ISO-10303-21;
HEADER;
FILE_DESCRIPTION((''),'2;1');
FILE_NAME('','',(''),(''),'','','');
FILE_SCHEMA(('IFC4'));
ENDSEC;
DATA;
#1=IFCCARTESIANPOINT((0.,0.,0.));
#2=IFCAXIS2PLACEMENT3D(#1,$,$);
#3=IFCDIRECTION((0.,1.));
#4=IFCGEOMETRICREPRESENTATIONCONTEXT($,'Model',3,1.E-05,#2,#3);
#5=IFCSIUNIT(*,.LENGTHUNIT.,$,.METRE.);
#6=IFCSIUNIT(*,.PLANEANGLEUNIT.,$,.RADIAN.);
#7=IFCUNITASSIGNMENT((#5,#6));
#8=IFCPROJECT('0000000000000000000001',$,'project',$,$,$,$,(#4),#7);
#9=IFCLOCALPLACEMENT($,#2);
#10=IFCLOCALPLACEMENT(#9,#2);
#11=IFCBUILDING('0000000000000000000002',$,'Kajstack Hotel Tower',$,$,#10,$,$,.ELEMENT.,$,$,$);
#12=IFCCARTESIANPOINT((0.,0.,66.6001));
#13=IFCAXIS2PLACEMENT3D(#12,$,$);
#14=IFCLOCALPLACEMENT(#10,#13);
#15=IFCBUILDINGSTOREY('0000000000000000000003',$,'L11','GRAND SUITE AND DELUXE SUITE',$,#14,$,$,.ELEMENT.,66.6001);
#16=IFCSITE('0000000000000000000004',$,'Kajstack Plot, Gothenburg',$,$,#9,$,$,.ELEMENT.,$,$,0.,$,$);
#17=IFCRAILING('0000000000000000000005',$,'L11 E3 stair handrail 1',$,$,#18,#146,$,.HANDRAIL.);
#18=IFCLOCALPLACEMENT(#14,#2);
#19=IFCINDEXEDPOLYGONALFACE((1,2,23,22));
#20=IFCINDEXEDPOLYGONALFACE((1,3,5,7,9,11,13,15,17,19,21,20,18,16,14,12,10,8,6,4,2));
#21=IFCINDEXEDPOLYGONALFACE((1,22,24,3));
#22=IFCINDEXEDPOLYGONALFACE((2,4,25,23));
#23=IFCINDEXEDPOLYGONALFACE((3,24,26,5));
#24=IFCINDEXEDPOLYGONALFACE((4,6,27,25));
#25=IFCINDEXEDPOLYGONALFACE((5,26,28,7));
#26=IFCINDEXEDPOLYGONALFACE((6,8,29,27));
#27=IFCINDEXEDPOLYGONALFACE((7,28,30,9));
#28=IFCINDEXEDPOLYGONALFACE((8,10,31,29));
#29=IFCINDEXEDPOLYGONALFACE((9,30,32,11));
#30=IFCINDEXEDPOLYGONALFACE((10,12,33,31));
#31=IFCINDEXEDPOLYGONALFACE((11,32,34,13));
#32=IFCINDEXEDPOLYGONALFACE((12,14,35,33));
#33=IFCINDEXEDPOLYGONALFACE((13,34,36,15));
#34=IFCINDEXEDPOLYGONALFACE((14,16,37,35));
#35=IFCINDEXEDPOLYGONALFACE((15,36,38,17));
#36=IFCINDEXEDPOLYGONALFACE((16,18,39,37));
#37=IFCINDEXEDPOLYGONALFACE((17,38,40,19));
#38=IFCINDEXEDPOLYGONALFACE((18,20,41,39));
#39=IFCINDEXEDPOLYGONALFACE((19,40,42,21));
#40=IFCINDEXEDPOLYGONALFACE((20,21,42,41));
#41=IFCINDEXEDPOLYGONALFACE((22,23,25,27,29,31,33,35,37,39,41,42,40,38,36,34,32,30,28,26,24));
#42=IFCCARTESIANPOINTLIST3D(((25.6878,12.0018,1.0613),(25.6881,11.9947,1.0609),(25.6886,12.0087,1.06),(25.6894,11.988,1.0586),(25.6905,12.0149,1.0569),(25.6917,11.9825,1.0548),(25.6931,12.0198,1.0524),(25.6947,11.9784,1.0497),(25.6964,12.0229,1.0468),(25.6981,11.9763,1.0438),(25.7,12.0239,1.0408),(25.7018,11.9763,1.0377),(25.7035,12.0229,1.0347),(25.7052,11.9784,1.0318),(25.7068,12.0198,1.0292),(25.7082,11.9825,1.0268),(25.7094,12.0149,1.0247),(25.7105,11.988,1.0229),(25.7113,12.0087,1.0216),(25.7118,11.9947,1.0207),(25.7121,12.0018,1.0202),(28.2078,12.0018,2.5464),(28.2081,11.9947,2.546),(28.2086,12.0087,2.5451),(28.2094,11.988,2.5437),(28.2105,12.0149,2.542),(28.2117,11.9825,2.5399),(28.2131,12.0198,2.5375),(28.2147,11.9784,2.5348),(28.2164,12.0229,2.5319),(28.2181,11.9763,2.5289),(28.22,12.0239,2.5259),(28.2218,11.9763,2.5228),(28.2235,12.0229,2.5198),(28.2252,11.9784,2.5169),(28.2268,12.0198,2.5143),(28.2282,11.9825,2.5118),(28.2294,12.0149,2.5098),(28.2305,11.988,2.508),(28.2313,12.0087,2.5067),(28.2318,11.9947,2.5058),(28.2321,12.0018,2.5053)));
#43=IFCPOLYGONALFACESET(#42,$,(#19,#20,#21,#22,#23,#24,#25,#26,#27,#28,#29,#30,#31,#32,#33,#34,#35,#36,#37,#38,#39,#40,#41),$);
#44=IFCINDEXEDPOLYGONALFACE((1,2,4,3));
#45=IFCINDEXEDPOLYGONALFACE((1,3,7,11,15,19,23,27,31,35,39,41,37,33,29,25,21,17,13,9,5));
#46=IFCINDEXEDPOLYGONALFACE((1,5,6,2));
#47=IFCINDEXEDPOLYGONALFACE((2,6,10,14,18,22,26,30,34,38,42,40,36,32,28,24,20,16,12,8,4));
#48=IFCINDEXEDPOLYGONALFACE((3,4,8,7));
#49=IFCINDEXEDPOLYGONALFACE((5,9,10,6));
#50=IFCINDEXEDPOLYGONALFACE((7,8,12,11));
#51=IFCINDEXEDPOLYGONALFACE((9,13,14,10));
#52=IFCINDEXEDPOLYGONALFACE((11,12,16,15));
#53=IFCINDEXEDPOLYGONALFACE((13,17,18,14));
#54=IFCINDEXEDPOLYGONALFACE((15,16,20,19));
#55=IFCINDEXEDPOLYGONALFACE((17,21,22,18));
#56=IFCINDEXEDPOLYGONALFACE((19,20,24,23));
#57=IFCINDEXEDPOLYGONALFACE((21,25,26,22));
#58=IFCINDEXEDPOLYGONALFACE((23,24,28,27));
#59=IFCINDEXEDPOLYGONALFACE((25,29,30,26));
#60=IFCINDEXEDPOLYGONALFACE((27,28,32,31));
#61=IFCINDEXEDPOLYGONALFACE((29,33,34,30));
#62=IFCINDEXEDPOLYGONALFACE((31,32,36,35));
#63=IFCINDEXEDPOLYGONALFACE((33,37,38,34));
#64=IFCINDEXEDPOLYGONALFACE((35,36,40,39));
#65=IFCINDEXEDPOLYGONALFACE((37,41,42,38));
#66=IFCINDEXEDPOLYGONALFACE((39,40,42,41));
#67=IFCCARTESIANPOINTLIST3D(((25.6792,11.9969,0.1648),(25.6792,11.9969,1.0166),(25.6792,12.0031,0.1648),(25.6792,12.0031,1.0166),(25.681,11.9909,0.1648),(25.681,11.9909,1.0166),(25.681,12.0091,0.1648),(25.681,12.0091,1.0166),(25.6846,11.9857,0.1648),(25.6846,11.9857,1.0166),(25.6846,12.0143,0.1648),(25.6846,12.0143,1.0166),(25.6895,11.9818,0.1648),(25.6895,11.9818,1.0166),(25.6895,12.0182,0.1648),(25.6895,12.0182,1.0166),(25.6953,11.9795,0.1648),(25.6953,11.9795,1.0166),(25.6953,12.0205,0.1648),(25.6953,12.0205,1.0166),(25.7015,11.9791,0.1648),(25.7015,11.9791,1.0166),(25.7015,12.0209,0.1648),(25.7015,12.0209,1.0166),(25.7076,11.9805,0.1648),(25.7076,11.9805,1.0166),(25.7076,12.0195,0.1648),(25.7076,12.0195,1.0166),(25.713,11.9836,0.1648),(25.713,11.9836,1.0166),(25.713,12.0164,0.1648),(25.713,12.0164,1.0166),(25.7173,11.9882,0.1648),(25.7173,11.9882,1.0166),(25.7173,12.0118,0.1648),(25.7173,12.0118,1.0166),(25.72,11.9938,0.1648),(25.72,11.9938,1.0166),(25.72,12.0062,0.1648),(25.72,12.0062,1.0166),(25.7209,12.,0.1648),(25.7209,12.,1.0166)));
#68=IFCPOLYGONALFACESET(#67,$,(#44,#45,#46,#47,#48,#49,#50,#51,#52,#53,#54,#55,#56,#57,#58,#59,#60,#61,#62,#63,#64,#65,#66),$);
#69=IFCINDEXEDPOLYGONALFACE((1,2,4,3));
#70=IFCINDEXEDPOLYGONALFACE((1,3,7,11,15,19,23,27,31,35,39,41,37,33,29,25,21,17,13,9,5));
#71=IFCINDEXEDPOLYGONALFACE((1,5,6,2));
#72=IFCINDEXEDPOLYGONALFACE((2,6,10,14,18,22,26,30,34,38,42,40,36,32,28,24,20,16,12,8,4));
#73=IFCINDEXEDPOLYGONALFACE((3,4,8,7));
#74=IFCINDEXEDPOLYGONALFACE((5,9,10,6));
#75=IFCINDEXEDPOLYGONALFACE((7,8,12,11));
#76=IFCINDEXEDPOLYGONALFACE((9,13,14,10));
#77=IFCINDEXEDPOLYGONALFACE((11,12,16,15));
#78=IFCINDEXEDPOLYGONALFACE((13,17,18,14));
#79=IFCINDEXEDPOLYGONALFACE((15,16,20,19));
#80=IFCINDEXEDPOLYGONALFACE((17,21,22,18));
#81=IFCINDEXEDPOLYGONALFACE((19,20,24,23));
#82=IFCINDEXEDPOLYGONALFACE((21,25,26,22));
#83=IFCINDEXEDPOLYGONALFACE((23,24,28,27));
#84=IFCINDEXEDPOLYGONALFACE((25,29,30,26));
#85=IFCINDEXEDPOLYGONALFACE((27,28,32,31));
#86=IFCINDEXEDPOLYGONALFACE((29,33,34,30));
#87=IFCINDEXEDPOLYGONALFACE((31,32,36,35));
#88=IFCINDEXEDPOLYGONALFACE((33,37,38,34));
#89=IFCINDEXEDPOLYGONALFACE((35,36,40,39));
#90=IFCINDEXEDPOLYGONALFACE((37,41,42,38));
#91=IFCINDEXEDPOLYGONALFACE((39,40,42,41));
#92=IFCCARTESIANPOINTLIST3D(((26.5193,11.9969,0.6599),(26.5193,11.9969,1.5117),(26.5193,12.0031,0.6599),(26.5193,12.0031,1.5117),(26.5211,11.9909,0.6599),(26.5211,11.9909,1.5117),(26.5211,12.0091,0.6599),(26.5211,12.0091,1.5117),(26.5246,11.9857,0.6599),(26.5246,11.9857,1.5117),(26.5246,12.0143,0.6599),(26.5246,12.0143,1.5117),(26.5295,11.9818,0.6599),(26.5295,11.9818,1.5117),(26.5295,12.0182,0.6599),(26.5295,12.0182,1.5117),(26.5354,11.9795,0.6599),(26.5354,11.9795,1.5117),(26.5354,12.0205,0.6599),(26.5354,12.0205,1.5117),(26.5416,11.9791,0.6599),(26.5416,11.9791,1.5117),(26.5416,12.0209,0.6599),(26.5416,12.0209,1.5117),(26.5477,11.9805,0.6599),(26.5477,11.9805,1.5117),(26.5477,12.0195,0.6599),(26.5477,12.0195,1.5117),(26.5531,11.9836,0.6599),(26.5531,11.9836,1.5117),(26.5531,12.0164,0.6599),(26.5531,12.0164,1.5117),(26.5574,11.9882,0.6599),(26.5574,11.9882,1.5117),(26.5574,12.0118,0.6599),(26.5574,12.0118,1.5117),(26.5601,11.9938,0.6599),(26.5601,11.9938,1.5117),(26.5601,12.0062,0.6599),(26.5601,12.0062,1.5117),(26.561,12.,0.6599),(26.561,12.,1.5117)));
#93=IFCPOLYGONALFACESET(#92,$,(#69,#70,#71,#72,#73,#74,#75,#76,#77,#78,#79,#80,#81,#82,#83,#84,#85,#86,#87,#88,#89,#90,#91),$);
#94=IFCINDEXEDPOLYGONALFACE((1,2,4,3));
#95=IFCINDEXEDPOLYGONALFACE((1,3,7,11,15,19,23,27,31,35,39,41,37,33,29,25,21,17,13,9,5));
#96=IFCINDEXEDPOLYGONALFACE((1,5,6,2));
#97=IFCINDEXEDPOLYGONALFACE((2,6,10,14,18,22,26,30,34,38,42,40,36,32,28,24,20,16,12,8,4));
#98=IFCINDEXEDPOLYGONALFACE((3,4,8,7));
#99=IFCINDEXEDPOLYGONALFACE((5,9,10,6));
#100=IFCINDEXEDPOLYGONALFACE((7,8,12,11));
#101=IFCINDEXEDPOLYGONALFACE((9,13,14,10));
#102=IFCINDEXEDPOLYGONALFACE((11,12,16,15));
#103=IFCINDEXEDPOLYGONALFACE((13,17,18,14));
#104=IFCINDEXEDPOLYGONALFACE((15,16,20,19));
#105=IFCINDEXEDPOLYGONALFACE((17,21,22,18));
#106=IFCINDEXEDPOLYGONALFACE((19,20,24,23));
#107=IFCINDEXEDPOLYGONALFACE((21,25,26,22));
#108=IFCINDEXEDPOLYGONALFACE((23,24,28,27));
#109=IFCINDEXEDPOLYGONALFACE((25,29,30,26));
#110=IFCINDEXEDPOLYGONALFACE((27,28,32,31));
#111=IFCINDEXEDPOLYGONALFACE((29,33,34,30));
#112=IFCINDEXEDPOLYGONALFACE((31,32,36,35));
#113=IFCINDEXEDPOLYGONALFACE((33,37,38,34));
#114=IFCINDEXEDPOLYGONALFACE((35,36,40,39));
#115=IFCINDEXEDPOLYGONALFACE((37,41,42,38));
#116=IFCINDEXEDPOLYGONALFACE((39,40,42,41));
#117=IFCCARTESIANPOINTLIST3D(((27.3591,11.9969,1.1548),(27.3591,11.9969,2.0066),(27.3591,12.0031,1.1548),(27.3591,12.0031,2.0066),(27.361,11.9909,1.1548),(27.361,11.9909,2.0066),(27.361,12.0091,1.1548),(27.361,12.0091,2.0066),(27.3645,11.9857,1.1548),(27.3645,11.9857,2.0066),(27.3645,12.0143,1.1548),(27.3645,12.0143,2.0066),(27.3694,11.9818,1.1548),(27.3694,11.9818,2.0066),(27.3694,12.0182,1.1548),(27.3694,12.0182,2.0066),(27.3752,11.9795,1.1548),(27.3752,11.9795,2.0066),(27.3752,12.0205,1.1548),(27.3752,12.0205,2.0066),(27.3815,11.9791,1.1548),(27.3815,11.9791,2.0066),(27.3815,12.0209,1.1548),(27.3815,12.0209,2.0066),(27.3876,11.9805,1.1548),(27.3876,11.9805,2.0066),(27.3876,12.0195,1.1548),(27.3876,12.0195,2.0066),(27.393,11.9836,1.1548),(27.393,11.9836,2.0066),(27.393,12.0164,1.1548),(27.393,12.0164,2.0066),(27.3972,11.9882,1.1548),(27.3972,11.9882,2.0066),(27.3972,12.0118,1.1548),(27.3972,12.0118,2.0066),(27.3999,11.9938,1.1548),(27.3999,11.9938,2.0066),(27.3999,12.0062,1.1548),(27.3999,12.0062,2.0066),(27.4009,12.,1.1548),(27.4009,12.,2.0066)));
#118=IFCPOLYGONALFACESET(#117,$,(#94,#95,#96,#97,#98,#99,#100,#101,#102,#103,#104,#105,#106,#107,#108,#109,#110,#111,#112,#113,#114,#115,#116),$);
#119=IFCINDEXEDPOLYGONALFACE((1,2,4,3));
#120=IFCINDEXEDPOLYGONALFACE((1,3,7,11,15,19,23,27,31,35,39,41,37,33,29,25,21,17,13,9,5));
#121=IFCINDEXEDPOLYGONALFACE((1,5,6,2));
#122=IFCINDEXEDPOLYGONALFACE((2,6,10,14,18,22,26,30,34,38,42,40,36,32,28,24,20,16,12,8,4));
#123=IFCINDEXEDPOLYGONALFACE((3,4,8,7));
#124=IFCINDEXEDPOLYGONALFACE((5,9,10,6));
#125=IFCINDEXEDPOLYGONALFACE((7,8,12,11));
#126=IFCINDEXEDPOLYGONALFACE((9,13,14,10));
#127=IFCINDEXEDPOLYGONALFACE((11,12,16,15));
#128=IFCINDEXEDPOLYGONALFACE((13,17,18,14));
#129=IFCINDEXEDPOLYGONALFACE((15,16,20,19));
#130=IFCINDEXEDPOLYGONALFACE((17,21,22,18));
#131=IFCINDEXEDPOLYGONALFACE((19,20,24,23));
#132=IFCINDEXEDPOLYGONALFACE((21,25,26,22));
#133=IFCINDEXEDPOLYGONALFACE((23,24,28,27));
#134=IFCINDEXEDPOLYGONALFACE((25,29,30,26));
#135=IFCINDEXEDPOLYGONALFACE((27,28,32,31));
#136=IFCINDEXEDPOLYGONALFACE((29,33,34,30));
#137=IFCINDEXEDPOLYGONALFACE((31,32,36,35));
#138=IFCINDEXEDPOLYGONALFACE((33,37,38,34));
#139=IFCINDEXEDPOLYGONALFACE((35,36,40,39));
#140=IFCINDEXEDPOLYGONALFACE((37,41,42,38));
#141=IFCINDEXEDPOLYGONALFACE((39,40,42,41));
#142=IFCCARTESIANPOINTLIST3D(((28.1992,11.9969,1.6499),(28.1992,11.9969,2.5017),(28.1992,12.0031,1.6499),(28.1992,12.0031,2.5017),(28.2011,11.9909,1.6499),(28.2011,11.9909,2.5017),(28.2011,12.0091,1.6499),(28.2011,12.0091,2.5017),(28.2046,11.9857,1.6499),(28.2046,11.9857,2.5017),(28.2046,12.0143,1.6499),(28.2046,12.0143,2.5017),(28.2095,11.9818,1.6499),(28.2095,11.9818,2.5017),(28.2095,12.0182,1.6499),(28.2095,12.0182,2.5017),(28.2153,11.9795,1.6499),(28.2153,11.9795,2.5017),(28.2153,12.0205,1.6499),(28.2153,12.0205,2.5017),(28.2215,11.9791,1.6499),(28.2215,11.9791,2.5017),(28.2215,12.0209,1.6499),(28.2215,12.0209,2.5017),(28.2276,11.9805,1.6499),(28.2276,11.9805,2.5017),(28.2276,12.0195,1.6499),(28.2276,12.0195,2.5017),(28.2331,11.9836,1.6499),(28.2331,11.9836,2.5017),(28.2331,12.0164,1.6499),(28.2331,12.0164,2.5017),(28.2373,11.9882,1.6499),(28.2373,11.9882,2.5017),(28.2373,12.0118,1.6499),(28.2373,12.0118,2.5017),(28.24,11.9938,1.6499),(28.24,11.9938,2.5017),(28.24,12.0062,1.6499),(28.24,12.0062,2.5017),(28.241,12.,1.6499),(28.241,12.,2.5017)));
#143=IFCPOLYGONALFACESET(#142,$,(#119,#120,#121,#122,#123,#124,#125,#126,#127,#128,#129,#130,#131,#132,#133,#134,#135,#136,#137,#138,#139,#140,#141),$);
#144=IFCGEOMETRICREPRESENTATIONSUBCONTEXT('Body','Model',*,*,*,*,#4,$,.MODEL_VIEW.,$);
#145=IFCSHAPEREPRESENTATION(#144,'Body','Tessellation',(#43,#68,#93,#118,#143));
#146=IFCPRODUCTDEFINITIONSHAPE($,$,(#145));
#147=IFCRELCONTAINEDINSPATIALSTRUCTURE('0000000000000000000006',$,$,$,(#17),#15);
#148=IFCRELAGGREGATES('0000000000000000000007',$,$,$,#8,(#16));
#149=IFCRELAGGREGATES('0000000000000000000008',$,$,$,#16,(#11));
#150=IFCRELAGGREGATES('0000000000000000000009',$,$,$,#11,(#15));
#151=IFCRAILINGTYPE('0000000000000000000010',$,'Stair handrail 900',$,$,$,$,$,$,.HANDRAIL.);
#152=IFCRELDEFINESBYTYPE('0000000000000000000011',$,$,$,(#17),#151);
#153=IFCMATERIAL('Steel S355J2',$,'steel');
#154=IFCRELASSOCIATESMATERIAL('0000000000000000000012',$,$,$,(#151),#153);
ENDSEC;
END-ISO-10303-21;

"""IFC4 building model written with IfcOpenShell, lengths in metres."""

from ifc_helpers import new_model, si_unit, direction, frame, origin, origin_2d, place, context, subcontext, project, spatial, circle, extrude, material, type_object, element, save


model = new_model("IFC4")

# Units and contexts
model_context = context("Model", 3, precision=1e-05, world=origin(), true_north=direction((0.0, 1.0)))
body_context = subcontext(model_context, "Body", "Model", "MODEL_VIEW")
ifc_project = project(units=[si_unit("LENGTHUNIT", "METRE"), si_unit("PLANEANGLEUNIT", "RADIAN")], contexts=[model_context])

# Site, building, storey
site_placement = place(None, origin())
site = spatial("IfcSite", under=ifc_project, at=site_placement, Name="Kajstack Plot, Gothenburg", CompositionType="ELEMENT", RefElevation=0.0)
building_placement = place(site_placement, origin())
building = spatial("IfcBuilding", under=site, at=building_placement, Name="Kajstack Hotel Tower", CompositionType="ELEMENT")
storey_placement = place(building_placement, frame((0.0, 0.0, 66.6001)))
storey = spatial("IfcBuildingStorey", under=building, at=storey_placement, Name="L11", Description="GRAND SUITE AND DELUXE SUITE", CompositionType="ELEMENT", Elevation=66.6001)

# Railing
ifc_material_1 = material(Name="Steel S355J2", Category="steel")
railing_type_1 = type_object("IfcRailingType", Name="Stair handrail 900", PredefinedType="HANDRAIL", material=ifc_material_1)
railing_1_placement = place(storey_placement, frame((25.7, 12.0, 0.1648)))
element("IfcRailing", 1, at=railing_1_placement, inside=storey, type_object=railing_type_1, Name="L11 E3 stair handrail 1", PredefinedType="HANDRAIL", context=body_context, shape_type="SweptSolid", body=[
    extrude(circle(Radius=0.0239, at=origin_2d()), frame((0.0, 0.0, 0.876), z_axis=(0.861524, 0.0, 0.507717), x_axis=(0.0, 1.0, 0.0)), (0.0, 0.0, 1.0), 2.925),
    extrude(circle(Radius=0.021, at=origin_2d()), origin(), (0.0, 0.0, 1.0), 0.8518),
    extrude(circle(Radius=0.021, at=origin_2d()), frame((0.8401, 0.0, 0.4951)), (0.0, 0.0, 1.0), 0.8518),
    extrude(circle(Radius=0.021, at=origin_2d()), frame((1.6799, 0.0, 0.99)), (0.0, 0.0, 1.0), 0.8518),
    extrude(circle(Radius=0.021, at=origin_2d()), frame((2.52, 0.0, 1.4851)), (0.0, 0.0, 1.0), 0.8518),
])

save(model, "model.ifc")
